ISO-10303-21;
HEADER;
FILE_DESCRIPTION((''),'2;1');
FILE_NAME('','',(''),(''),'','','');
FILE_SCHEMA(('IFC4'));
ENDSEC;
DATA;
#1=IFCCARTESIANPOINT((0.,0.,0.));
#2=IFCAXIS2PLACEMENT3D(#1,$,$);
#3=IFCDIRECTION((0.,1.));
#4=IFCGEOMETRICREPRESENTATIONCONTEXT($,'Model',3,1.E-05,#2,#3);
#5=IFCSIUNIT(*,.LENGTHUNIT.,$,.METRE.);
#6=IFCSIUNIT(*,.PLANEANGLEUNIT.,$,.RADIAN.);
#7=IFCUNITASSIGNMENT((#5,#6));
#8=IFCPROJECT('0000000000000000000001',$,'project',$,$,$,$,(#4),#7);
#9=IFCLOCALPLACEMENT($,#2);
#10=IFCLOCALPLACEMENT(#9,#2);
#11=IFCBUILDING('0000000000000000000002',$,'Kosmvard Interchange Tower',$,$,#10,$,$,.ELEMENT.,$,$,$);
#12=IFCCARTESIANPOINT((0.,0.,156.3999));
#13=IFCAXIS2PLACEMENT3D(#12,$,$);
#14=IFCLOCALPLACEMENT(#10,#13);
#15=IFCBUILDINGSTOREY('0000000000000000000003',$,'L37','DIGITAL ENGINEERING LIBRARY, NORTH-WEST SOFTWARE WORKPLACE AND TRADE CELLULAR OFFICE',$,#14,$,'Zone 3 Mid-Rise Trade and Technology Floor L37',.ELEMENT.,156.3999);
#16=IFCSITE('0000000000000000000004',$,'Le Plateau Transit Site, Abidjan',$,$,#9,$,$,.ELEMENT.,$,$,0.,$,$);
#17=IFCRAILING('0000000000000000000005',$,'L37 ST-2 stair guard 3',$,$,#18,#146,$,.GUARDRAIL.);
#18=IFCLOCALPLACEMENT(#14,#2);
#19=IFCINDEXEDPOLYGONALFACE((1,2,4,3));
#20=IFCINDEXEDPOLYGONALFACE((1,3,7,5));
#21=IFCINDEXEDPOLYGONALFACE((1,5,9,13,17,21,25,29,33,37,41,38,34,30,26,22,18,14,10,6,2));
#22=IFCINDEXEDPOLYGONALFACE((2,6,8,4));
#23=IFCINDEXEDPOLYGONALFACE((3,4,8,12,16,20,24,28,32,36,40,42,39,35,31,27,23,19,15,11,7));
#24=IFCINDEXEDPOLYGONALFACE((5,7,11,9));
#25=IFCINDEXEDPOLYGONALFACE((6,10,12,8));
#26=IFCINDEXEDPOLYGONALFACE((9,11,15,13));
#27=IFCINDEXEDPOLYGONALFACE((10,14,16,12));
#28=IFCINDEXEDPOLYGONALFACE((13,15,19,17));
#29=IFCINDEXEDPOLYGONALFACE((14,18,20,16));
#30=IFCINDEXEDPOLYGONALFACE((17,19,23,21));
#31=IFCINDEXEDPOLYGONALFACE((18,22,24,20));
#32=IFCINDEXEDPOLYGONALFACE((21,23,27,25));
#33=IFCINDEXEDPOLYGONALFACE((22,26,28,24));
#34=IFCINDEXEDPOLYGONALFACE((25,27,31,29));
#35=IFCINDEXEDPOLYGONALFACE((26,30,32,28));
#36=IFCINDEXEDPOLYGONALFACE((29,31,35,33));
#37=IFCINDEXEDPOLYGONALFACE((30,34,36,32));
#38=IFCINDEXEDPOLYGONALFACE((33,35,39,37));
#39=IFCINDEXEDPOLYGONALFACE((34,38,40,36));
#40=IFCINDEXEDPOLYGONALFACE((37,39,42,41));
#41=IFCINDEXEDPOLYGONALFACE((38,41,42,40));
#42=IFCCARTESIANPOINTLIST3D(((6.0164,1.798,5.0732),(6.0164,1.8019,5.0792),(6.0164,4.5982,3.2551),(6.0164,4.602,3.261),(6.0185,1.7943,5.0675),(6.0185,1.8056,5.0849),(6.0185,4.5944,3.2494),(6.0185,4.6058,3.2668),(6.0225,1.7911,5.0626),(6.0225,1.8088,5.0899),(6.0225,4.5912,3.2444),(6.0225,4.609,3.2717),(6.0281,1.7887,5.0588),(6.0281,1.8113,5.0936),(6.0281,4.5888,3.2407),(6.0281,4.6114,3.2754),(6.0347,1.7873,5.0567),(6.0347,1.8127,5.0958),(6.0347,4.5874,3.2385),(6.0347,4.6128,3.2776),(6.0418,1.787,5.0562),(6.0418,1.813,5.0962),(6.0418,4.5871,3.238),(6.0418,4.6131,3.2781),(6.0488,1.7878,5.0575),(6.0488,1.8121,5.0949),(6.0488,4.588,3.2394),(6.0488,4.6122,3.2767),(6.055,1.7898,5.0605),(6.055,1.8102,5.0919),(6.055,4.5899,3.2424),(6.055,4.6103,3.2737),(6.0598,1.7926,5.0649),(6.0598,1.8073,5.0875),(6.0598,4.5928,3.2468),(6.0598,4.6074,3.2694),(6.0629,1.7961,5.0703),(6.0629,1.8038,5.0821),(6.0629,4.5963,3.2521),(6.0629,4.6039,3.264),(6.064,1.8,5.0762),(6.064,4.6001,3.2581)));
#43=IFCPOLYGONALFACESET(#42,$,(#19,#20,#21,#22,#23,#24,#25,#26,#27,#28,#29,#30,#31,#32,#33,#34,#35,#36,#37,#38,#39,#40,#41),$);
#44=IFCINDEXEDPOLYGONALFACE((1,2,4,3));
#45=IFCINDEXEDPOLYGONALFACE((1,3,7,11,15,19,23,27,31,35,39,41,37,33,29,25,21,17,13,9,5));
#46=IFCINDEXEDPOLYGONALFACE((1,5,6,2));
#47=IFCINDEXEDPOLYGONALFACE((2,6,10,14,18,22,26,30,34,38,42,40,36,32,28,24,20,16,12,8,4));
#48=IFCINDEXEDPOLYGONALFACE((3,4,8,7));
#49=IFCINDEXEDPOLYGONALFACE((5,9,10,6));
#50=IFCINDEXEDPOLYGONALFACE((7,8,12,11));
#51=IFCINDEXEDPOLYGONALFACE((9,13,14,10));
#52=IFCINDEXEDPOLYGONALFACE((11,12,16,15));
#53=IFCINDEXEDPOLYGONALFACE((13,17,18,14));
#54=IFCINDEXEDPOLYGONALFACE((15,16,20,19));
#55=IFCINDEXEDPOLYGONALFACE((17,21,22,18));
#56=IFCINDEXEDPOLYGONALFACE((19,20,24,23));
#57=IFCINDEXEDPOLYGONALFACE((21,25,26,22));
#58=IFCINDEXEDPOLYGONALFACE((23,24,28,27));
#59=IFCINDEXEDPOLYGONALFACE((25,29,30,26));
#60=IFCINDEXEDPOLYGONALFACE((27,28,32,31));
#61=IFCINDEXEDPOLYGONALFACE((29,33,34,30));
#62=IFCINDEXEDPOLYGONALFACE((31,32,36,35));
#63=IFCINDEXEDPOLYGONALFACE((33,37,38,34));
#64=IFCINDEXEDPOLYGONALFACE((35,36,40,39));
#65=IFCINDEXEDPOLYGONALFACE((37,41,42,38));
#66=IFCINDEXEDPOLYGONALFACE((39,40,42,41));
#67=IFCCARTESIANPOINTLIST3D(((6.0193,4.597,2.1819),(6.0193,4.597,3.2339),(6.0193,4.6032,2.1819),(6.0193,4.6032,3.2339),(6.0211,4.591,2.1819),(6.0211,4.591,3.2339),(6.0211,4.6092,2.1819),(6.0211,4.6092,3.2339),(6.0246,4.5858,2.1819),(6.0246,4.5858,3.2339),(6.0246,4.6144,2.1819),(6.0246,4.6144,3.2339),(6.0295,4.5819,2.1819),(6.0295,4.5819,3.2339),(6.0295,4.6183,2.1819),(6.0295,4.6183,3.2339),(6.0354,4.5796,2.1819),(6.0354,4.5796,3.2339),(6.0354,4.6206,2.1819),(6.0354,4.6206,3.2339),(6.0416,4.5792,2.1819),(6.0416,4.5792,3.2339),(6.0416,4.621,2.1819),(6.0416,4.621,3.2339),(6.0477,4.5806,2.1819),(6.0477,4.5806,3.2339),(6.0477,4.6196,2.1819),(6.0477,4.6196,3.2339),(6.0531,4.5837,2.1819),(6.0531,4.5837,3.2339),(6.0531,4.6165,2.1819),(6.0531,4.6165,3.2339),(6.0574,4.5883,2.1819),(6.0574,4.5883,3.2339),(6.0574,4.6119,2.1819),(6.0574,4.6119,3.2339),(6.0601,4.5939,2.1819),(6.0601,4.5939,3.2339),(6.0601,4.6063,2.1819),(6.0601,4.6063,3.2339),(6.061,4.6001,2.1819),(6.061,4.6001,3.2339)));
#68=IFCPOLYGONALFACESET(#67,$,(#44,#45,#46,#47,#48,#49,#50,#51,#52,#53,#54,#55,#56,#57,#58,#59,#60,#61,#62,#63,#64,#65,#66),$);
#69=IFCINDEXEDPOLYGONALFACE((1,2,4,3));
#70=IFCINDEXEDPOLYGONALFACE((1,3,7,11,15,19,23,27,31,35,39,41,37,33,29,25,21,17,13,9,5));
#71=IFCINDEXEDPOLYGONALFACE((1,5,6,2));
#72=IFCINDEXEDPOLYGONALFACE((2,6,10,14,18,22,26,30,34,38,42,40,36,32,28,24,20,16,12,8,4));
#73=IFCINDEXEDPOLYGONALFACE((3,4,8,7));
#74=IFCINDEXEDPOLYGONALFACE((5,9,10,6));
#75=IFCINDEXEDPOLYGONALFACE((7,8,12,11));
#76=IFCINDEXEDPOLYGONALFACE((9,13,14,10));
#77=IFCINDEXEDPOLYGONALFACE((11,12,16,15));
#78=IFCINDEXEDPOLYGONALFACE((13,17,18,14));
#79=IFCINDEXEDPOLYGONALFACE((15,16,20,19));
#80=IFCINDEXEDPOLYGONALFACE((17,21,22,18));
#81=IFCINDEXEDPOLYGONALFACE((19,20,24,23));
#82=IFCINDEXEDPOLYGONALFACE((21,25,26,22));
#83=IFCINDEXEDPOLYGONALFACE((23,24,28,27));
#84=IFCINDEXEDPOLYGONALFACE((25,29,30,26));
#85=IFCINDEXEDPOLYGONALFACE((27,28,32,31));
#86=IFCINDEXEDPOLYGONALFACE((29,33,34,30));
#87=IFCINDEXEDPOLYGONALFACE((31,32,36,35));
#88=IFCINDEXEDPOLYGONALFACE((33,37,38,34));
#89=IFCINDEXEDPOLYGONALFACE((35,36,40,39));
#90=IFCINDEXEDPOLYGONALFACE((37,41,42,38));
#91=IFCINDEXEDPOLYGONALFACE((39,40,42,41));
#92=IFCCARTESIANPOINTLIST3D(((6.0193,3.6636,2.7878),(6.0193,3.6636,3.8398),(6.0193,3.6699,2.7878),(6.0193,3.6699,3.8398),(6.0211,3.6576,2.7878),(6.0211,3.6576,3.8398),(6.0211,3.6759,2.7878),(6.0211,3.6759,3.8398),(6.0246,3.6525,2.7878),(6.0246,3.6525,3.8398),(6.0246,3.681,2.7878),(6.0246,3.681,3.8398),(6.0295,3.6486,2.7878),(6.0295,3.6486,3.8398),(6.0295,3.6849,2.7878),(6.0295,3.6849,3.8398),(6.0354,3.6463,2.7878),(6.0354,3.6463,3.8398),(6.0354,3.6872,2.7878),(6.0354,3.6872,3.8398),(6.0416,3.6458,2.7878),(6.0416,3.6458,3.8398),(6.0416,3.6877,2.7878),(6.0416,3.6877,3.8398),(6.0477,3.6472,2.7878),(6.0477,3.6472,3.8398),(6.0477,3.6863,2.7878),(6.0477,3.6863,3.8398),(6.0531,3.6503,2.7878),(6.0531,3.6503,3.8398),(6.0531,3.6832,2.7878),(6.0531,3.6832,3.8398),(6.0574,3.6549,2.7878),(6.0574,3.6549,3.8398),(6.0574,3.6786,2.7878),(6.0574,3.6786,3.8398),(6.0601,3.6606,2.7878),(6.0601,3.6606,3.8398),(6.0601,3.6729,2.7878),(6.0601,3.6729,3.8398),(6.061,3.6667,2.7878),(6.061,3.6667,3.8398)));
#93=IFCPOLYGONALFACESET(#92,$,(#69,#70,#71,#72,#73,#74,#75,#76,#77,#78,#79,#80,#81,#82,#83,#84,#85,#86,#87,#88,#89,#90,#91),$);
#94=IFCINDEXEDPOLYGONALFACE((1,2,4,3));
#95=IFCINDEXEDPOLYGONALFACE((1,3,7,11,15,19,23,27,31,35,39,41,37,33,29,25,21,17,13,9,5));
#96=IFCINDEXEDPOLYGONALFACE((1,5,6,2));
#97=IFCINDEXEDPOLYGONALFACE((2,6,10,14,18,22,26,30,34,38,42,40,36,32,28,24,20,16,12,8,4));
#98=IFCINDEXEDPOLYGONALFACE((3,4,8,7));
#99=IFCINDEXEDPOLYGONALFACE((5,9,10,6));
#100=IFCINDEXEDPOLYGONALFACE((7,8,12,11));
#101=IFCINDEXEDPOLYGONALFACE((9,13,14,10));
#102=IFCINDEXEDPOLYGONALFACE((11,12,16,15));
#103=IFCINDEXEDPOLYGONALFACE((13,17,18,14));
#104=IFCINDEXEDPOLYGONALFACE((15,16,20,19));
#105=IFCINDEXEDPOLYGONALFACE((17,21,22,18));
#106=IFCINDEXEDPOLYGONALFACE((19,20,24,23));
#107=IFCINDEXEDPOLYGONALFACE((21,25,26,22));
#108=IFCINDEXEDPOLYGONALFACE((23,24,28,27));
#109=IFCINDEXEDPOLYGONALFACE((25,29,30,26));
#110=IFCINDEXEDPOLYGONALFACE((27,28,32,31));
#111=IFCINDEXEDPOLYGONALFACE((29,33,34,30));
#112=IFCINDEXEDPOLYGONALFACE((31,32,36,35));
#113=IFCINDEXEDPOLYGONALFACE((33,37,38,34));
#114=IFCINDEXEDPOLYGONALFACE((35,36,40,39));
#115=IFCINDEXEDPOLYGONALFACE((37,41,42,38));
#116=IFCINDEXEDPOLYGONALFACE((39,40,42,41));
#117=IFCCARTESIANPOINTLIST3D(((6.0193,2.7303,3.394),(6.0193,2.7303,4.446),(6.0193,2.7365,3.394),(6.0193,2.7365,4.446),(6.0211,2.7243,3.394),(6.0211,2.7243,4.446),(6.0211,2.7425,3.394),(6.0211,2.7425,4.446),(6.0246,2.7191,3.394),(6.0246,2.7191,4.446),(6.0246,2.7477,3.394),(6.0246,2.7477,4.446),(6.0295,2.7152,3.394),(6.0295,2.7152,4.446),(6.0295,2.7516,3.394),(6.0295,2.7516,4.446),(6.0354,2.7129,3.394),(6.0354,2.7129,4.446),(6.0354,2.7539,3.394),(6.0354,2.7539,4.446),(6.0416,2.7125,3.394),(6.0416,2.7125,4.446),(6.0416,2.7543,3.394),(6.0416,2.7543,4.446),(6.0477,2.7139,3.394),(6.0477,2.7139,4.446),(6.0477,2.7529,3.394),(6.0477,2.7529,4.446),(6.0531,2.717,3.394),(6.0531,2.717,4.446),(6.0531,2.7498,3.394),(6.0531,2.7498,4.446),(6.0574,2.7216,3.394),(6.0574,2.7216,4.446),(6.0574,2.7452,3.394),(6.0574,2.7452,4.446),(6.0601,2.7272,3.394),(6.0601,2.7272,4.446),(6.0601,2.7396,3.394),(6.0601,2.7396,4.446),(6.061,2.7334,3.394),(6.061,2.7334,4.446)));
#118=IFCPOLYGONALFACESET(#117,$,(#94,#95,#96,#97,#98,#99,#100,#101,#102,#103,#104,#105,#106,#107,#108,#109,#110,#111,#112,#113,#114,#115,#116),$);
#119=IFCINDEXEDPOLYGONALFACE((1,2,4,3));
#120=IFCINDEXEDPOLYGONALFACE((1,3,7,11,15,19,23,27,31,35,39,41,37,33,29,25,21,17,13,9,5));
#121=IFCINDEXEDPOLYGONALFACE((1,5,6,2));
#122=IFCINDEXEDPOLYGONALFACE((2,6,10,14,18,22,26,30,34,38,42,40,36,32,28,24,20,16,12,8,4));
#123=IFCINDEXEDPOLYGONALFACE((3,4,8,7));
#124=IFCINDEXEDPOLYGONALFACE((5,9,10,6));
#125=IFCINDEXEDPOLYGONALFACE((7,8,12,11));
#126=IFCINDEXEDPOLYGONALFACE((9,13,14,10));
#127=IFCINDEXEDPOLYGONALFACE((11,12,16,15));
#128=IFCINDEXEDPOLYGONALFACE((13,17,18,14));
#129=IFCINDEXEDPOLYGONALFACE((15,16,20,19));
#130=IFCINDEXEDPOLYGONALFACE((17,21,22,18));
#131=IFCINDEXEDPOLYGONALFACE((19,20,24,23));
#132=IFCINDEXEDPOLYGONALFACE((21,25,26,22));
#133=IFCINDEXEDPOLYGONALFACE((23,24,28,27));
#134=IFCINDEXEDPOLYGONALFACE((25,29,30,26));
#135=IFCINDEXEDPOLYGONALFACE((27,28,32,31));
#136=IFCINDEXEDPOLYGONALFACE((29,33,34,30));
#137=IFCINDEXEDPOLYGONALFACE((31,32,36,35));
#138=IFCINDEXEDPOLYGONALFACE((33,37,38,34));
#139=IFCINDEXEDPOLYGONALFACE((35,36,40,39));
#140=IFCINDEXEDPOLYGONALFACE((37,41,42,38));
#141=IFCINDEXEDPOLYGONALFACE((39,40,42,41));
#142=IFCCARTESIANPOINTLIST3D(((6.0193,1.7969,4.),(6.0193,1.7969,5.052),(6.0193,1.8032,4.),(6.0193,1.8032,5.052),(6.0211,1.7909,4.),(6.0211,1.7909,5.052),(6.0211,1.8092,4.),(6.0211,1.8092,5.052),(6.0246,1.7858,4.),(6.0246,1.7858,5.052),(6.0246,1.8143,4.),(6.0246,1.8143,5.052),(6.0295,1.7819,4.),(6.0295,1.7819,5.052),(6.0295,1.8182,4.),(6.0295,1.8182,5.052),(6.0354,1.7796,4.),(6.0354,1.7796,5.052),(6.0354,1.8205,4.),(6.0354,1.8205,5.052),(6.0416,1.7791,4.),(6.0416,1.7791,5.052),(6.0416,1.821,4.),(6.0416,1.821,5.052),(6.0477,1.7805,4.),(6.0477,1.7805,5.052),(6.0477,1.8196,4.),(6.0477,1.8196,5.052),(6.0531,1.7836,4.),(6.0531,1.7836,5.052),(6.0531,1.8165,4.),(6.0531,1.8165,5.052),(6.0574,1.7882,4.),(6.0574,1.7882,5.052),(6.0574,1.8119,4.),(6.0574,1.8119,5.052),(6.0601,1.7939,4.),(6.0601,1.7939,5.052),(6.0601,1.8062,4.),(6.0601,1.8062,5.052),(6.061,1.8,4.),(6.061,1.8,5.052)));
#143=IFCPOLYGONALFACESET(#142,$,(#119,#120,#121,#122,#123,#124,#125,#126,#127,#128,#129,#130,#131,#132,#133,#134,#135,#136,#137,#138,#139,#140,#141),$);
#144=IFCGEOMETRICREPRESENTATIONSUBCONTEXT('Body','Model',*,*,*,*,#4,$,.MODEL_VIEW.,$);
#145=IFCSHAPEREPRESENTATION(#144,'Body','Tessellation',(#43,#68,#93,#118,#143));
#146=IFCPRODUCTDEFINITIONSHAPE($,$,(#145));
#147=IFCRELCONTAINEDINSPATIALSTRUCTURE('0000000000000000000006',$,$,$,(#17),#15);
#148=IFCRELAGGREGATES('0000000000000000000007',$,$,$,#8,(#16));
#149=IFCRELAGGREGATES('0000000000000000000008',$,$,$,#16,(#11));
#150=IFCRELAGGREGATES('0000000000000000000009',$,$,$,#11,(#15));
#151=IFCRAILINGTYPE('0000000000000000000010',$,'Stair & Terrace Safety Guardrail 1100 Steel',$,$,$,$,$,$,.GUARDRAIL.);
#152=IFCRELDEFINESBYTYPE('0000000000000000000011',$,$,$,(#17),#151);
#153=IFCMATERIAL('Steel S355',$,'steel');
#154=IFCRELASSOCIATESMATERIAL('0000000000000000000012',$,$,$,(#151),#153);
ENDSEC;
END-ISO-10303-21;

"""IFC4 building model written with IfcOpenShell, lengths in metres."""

from ifc_helpers import new_model, si_unit, direction, frame, origin, origin_2d, place, context, subcontext, project, spatial, circle, extrude, source, transform, mapped, material, type_object, element, save


model = new_model("IFC4")

# Units and contexts
model_context = context("Model", 3, precision=1e-05, world=origin(), true_north=direction((0.0, 1.0)))
body_context = subcontext(model_context, "Body", "Model", "MODEL_VIEW")
ifc_project = project(units=[si_unit("LENGTHUNIT", "METRE"), si_unit("PLANEANGLEUNIT", "RADIAN")], contexts=[model_context])

# Site, building, storey
site_placement = place(None, origin())
site = spatial("IfcSite", under=ifc_project, at=site_placement, Name="Le Plateau Transit Site, Abidjan", CompositionType="ELEMENT", RefElevation=0.0)
building_placement = place(site_placement, origin())
building = spatial("IfcBuilding", under=site, at=building_placement, Name="Kosmvard Interchange Tower", CompositionType="ELEMENT")
storey_placement = place(building_placement, frame((0.0, 0.0, 156.3999)))
storey = spatial("IfcBuildingStorey", under=building, at=storey_placement, Name="L37", Description="DIGITAL ENGINEERING LIBRARY, NORTH-WEST SOFTWARE WORKPLACE AND TRADE CELLULAR OFFICE", LongName="Zone 3 Mid-Rise Trade and Technology Floor L37", CompositionType="ELEMENT", Elevation=156.3999)

# Shared definitions
ifc_material_1 = material(Name="Steel S355", Category="steel")

# Railing
railing_type_1 = type_object("IfcRailingType", Name="Stair & Terrace Safety Guardrail 1100 Steel", PredefinedType="GUARDRAIL", material=ifc_material_1)
shared_shape_1 = source(origin(), body_context, "Body", "SweptSolid", [
    extrude(circle(Radius=0.0239, at=origin_2d()), frame((0.0, 0.0, 1.0762), z_axis=(0.0, -0.838706, 0.544585), x_axis=(1.0, 0.0, 0.0)), (0.0, 0.0, 1.0), 3.3386),
    extrude(circle(Radius=0.021, at=origin_2d()), origin(), (0.0, 0.0, 1.0), 1.052),
    extrude(circle(Radius=0.021, at=origin_2d()), frame((0.0, -0.9333, 0.606)), (0.0, 0.0, 1.0), 1.052),
    extrude(circle(Radius=0.021, at=origin_2d()), frame((0.0, -1.8667, 1.2122)), (0.0, 0.0, 1.0), 1.052),
    extrude(circle(Radius=0.021, at=origin_2d()), frame((0.0, -2.8, 1.8181)), (0.0, 0.0, 1.0), 1.052),
])
railing_1_placement = place(storey_placement, frame((6.04, 4.6001, 2.1819)))
element("IfcRailing", 1, at=railing_1_placement, inside=storey, type_object=railing_type_1, Name="L37 ST-2 stair guard 3", PredefinedType="GUARDRAIL", context=body_context, shape_type="MappedRepresentation", body=[
    mapped(shared_shape_1, transform((0.0, 0.0, 0.0), scale=1.0)),
])

save(model, "model.ifc")
